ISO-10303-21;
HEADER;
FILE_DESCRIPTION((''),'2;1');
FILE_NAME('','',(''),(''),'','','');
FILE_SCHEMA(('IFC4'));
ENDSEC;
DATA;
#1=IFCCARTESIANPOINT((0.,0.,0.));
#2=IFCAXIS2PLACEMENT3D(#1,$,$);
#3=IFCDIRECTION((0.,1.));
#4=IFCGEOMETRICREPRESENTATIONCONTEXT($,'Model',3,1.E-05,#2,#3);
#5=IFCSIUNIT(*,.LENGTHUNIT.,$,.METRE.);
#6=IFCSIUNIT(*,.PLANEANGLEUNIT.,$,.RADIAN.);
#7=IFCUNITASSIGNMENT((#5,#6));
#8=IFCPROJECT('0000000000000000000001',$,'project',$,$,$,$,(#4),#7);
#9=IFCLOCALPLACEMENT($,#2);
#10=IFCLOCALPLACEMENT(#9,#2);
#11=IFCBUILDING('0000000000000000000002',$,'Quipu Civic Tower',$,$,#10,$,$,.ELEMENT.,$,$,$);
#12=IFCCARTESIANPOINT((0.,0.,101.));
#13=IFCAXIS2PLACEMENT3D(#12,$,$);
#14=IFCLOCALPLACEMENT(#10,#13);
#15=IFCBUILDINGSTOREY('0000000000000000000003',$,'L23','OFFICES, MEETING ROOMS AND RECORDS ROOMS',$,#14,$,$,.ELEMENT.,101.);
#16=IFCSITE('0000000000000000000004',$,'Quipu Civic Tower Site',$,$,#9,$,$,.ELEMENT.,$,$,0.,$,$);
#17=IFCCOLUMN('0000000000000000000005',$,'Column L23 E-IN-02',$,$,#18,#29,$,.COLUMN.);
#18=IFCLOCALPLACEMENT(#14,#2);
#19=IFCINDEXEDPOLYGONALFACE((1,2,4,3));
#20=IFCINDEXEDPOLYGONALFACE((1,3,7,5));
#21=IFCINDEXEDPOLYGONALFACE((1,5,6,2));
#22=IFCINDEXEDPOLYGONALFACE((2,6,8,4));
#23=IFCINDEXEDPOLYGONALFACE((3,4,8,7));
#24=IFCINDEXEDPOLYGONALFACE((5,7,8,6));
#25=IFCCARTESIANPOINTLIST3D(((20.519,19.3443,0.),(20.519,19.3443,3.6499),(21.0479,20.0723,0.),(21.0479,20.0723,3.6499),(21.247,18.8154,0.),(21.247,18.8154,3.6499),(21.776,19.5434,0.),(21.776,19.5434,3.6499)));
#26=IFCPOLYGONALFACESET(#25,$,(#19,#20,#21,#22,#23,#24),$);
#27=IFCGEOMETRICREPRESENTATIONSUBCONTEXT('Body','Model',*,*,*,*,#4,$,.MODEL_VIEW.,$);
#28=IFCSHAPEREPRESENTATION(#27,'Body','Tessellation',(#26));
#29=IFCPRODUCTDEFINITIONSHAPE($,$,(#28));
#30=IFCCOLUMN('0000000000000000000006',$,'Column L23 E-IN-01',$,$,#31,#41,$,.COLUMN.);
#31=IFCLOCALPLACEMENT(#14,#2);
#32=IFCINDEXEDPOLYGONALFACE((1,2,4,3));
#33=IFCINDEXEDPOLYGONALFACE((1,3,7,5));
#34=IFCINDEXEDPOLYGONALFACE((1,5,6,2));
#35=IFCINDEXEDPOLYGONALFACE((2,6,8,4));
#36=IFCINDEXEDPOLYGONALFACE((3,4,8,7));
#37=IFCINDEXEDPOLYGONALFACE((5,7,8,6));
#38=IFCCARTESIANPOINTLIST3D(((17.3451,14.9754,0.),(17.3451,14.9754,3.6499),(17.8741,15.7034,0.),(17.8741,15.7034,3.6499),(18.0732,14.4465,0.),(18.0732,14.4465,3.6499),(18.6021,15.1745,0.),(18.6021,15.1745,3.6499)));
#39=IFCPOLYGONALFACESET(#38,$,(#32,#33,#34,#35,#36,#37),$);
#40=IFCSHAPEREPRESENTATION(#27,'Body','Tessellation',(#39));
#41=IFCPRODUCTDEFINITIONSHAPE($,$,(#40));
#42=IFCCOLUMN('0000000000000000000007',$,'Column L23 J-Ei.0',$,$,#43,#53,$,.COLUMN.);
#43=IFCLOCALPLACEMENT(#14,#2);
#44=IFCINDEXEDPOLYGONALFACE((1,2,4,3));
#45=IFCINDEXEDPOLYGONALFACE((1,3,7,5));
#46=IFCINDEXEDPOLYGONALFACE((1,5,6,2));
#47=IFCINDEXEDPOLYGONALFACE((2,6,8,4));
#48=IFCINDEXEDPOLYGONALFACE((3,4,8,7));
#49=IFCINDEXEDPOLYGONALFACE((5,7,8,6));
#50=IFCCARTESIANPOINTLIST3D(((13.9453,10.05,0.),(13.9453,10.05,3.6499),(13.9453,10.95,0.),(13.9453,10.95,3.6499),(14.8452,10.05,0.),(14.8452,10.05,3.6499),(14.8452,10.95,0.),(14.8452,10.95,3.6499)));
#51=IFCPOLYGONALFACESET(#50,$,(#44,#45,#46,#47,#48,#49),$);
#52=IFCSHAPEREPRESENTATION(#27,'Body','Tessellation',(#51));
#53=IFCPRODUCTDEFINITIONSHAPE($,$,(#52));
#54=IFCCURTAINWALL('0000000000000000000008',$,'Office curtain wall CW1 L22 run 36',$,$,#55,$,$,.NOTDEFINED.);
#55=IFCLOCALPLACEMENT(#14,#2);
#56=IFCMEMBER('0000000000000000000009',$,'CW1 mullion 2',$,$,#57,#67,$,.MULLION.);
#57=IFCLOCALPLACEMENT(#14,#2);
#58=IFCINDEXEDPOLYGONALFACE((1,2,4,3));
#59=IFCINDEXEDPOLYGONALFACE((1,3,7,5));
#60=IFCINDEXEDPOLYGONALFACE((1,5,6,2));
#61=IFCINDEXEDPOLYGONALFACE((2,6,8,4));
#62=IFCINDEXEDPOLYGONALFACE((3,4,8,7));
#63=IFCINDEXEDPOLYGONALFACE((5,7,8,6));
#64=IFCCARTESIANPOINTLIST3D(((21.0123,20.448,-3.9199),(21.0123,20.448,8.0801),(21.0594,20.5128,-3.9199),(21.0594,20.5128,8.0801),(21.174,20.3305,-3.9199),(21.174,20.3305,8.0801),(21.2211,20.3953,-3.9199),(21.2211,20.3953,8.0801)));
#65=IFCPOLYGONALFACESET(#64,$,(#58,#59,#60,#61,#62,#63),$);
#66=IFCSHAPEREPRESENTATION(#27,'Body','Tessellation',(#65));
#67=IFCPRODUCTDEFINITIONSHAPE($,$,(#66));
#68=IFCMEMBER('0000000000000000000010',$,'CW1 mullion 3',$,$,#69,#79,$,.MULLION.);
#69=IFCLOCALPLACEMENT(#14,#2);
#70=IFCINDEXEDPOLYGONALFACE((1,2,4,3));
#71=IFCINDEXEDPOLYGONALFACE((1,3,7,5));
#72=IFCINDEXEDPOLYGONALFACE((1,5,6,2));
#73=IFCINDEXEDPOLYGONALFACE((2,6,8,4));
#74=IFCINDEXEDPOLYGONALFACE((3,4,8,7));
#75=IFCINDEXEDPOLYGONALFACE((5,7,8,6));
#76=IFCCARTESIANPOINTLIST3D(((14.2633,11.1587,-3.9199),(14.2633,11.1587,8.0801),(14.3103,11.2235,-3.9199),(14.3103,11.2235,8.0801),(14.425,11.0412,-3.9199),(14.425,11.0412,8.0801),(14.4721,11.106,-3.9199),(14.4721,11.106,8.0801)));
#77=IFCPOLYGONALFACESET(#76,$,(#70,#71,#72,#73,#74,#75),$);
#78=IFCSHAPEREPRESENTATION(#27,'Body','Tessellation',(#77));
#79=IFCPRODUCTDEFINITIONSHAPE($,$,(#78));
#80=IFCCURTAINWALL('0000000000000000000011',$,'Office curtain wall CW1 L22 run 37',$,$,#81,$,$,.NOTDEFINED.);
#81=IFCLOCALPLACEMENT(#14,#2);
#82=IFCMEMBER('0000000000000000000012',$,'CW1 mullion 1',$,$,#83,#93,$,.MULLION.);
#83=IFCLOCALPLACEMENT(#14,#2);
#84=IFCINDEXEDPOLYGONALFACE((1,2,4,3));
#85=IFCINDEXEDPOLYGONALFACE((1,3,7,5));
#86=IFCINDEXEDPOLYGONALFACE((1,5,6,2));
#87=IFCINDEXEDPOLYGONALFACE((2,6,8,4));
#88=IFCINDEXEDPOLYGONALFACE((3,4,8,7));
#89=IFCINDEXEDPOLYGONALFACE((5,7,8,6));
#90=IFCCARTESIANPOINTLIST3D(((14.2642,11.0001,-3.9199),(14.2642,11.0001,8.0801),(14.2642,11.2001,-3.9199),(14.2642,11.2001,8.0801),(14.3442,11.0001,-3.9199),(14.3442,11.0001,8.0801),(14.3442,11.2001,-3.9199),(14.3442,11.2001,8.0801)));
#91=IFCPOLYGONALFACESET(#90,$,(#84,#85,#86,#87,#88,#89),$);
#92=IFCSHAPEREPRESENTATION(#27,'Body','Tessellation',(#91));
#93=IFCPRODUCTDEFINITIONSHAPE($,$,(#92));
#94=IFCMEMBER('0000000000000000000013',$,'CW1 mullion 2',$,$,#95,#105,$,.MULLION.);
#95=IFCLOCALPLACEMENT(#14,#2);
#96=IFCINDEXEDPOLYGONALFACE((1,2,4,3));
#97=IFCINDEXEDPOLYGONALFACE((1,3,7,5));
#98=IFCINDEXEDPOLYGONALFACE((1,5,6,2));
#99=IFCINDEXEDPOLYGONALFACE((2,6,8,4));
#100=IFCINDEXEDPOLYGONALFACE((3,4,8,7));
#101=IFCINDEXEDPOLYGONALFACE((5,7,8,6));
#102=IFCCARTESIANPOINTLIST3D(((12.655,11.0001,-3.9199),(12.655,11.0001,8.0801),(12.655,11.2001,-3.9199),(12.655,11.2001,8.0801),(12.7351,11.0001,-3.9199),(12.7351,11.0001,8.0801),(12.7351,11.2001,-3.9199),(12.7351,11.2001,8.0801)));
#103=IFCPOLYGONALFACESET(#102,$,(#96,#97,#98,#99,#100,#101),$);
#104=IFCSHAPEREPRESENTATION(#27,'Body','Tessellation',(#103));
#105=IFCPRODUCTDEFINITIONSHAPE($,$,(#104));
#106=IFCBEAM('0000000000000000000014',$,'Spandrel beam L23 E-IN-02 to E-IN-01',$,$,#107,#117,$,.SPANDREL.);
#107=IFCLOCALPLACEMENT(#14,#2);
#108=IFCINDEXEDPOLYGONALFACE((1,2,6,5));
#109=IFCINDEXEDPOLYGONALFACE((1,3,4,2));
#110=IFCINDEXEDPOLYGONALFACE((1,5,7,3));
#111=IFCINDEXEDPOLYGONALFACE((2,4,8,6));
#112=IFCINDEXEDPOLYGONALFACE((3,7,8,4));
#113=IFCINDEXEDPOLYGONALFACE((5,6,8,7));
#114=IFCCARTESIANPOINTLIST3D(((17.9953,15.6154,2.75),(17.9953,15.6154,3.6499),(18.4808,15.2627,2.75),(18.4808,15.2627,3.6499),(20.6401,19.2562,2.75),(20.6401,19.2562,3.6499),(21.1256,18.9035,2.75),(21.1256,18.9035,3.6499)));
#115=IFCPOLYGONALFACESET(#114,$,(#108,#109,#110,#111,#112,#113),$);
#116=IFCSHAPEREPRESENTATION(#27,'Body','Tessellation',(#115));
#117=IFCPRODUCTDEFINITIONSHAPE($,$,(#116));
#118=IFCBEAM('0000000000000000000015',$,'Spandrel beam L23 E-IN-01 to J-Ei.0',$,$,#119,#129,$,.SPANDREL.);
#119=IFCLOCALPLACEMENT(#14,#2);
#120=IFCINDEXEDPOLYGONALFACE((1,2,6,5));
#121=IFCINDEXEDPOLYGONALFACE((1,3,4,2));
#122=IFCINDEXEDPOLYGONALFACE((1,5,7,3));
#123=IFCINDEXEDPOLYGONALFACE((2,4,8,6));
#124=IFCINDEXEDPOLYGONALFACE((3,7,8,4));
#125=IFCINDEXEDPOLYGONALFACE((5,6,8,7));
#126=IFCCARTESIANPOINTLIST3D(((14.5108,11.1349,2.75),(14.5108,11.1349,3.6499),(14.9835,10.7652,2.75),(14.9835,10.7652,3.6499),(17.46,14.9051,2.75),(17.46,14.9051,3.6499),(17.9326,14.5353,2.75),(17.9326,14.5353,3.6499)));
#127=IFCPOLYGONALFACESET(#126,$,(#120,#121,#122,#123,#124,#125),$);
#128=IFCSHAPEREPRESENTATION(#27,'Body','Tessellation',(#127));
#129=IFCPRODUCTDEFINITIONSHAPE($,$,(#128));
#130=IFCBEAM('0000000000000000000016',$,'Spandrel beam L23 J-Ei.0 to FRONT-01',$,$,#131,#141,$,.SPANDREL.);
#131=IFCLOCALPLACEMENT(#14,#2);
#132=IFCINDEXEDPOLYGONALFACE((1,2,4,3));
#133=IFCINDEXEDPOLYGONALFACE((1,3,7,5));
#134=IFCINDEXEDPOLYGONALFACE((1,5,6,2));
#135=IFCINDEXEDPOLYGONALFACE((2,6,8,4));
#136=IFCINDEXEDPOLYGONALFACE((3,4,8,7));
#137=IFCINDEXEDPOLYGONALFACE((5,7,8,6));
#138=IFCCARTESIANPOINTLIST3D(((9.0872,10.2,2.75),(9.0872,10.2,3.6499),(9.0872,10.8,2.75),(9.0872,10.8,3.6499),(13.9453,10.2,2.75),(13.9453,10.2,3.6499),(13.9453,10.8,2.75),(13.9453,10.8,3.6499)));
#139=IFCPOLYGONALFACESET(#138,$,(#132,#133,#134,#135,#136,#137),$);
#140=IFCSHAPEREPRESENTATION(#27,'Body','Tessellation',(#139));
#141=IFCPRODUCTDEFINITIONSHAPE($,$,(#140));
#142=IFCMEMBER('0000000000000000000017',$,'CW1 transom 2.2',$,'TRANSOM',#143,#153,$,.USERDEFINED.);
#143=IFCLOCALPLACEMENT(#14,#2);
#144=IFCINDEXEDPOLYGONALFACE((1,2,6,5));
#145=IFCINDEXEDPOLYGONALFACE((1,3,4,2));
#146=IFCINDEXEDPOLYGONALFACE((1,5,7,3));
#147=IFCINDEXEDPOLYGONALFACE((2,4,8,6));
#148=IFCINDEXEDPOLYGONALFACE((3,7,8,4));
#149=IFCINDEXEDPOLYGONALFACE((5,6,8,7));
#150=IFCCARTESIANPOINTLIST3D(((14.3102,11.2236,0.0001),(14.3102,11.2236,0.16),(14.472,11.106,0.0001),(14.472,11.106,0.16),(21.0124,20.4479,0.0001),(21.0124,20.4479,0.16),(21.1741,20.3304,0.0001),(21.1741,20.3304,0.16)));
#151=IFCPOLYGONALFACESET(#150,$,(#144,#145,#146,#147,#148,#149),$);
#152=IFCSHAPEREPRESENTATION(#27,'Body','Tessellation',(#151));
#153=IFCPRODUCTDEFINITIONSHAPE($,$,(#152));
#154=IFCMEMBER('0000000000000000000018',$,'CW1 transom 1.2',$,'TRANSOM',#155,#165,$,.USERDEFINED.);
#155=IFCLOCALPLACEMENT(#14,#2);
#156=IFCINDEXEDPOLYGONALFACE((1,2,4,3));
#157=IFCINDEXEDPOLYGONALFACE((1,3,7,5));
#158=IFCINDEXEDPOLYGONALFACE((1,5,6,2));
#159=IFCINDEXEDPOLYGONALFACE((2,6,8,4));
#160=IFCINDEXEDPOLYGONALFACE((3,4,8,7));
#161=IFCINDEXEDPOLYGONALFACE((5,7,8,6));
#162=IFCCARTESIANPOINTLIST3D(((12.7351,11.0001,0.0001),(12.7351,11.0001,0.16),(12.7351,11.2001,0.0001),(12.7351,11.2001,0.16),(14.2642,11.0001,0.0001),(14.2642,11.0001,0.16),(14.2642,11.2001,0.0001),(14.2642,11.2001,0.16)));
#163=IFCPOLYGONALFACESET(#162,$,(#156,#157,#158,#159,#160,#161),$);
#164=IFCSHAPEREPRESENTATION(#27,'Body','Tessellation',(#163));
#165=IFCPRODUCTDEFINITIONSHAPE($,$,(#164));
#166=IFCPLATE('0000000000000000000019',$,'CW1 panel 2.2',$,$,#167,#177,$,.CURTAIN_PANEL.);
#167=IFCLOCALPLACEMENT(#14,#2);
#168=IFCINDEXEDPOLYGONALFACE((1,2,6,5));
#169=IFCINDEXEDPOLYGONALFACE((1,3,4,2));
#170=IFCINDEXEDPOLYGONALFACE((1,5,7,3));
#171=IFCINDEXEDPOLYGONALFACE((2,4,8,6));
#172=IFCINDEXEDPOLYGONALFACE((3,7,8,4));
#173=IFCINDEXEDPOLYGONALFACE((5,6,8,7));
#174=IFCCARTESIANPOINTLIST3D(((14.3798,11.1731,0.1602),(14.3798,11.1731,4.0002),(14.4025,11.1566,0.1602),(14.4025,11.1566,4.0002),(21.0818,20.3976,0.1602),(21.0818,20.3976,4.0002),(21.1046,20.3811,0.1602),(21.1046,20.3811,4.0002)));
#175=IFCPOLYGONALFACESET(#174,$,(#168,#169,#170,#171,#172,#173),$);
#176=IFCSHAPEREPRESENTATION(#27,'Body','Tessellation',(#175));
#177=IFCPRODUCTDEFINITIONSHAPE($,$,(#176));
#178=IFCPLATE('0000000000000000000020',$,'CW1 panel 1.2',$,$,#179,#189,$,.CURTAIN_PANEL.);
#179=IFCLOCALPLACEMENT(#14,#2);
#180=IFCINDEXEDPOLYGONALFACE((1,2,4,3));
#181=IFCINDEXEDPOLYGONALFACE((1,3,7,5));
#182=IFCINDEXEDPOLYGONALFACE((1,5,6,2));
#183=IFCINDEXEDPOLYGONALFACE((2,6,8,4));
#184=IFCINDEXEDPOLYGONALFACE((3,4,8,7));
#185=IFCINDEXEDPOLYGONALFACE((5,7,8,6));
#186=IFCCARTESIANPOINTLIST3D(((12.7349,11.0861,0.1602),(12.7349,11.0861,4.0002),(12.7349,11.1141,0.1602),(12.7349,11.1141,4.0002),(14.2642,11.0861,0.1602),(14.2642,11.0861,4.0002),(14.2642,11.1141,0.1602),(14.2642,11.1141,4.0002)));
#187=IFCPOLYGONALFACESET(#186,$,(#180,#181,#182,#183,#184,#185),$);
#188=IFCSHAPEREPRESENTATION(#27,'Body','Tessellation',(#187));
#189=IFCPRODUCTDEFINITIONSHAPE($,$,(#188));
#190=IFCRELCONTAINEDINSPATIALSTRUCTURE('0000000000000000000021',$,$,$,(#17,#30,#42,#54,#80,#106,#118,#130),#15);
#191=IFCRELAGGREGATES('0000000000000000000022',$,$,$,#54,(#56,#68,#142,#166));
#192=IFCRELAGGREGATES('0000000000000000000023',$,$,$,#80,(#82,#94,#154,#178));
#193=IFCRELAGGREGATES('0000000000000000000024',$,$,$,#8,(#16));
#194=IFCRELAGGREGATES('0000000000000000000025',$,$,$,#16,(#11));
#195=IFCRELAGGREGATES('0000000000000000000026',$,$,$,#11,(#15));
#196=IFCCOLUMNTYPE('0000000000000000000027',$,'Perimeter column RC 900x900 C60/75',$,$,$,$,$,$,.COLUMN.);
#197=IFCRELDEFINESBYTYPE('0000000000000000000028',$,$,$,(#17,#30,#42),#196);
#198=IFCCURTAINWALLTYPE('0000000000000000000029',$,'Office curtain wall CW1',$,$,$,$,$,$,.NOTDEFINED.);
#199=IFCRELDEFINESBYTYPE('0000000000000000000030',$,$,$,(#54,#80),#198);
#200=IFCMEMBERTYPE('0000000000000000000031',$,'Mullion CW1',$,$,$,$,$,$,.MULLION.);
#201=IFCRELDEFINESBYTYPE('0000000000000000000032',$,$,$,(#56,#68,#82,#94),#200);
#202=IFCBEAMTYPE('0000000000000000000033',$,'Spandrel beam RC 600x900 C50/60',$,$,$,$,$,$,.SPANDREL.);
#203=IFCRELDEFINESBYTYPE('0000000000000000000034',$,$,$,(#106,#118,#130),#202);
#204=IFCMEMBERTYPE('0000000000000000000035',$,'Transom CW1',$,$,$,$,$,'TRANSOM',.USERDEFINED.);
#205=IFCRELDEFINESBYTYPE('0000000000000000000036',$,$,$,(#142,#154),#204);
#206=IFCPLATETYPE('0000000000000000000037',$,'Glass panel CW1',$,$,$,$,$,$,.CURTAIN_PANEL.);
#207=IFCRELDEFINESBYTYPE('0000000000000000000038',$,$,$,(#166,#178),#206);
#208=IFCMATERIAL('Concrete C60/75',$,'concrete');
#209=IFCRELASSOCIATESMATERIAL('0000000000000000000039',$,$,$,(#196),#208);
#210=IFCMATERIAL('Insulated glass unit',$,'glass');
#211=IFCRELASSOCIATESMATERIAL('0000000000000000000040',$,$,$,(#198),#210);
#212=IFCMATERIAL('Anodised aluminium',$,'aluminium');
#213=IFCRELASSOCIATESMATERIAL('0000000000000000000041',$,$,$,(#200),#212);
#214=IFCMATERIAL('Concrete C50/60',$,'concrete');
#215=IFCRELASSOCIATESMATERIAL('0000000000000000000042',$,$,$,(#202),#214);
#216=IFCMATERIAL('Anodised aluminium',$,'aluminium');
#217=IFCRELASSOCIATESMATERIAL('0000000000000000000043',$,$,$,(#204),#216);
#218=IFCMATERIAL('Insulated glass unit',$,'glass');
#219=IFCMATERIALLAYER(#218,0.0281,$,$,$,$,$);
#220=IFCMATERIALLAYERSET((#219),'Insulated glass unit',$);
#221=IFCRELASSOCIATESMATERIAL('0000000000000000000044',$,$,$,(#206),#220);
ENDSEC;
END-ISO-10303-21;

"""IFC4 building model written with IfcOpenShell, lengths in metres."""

from ifc_helpers import new_model, si_unit, direction, frame, origin, origin_2d, place, context, subcontext, project, spatial, rectangle, extrude, material, layer, layer_set, material_profile, profile_set, type_object, element, aggregate, save


model = new_model("IFC4")

# Units and contexts
model_context = context("Model", 3, precision=1e-05, world=origin(), true_north=direction((0.0, 1.0)))
body_context = subcontext(model_context, "Body", "Model", "MODEL_VIEW")
ifc_project = project(units=[si_unit("LENGTHUNIT", "METRE"), si_unit("PLANEANGLEUNIT", "RADIAN")], contexts=[model_context])

# Site, building, storey
site_placement = place(None, origin())
site = spatial("IfcSite", under=ifc_project, at=site_placement, Name="Quipu Civic Tower Site", CompositionType="ELEMENT", RefElevation=0.0)
building_placement = place(site_placement, origin())
building = spatial("IfcBuilding", under=site, at=building_placement, Name="Quipu Civic Tower", CompositionType="ELEMENT")
storey_placement = place(building_placement, frame((0.0, 0.0, 101.0)))
storey = spatial("IfcBuildingStorey", under=building, at=storey_placement, Name="L23", Description="OFFICES, MEETING ROOMS AND RECORDS ROOMS", CompositionType="ELEMENT", Elevation=101.0)

# Columns
ifc_material_1 = material(Name="Concrete C60/75", Category="concrete")
ifc_material_profile_1 = material_profile(ifc_material_1, rectangle(XDim=0.8999, YDim=0.8999, at=origin_2d()), Name="RC900x900")
ifc_profile_set_1 = profile_set([ifc_material_profile_1], Name="Concrete C60/75")
column_type = type_object("IfcColumnType", Name="Perimeter column RC 900x900 C60/75", PredefinedType="COLUMN", material=ifc_profile_set_1)
for number, where, z_axis, x_axis, name in (
    (1, (21.1475, 19.4438, 0.0), (0.0, 0.0, 1.0), (-0.587785, -0.809017, 0.0), "Column L23 E-IN-02"),
    (2, (17.9736, 15.075, 0.0), (0.0, 0.0, 1.0), (-0.587785, -0.809017, 0.0), "Column L23 E-IN-01"),
    (3, (14.3953, 10.5, 0.0), (0.0, 0.0, 1.0), (-1.0, 0.0, 0.0), "Column L23 J-Ei.0"),
):
    element("IfcColumn", number, at=place(storey_placement, frame(where, z_axis=z_axis, x_axis=x_axis)), inside=storey, type_object=column_type, Name=name, PredefinedType="COLUMN", context=body_context, shape_type="SweptSolid", body=[
        extrude(rectangle(XDim=0.8999, YDim=0.8999, at=origin_2d()), origin(), (0.0, 0.0, 1.0), 3.6499),
    ])

# Curtain walls, members
ifc_material_2 = material(Name="Insulated glass unit", Category="glass")
curtain_wall_type = type_object("IfcCurtainWallType", Name="Office curtain wall CW1", PredefinedType="NOTDEFINED", material=ifc_material_2)
curtain_wall_1_placement = place(storey_placement, origin())
curtain_wall_1 = element("IfcCurtainWall", 4, at=curtain_wall_1_placement, inside=storey, type_object=curtain_wall_type, Name="Office curtain wall CW1 L22 run 36", PredefinedType="NOTDEFINED")
ifc_material_3 = material(Name="Anodised aluminium", Category="aluminium")
ifc_material_profile_2 = material_profile(ifc_material_3, rectangle(XDim=0.2, YDim=0.0801, at=origin_2d()), Name="RECT 200x80")
ifc_profile_set_2 = profile_set([ifc_material_profile_2], Name="Anodised aluminium")
member_type_1 = type_object("IfcMemberType", Name="Mullion CW1", PredefinedType="MULLION", material=ifc_profile_set_2)
member_1_placement = place(storey_placement, frame((21.1167, 20.4216, -3.9199), z_axis=(0.0, 0.0, 1.0), x_axis=(0.809014, -0.587789, 0.0)))
member_1 = element("IfcMember", 5, at=member_1_placement, type_object=member_type_1, Name="CW1 mullion 2", PredefinedType="MULLION", context=body_context, shape_type="SweptSolid", body=[
    extrude(rectangle(XDim=0.2, YDim=0.0801, at=origin_2d()), origin(), (0.0, 0.0, 1.0), 12.0),
])
member_2_placement = place(storey_placement, frame((14.3677, 11.1323, -3.9199), z_axis=(0.0, 0.0, 1.0), x_axis=(0.809014, -0.587789, 0.0)))
member_2 = element("IfcMember", 6, at=member_2_placement, type_object=member_type_1, Name="CW1 mullion 3", PredefinedType="MULLION", context=body_context, shape_type="SweptSolid", body=[
    extrude(rectangle(XDim=0.2, YDim=0.0801, at=origin_2d()), origin(), (0.0, 0.0, 1.0), 12.0),
])
curtain_wall_2_placement = place(storey_placement, origin())
curtain_wall_2 = element("IfcCurtainWall", 7, at=curtain_wall_2_placement, inside=storey, type_object=curtain_wall_type, Name="Office curtain wall CW1 L22 run 37", PredefinedType="NOTDEFINED")
member_3_placement = place(storey_placement, frame((14.3042, 11.1001, -3.9199), z_axis=(0.0, 0.0, 1.0), x_axis=(0.0, -1.0, 0.0)))
member_3 = element("IfcMember", 8, at=member_3_placement, type_object=member_type_1, Name="CW1 mullion 1", PredefinedType="MULLION", context=body_context, shape_type="SweptSolid", body=[
    extrude(rectangle(XDim=0.2, YDim=0.0801, at=origin_2d()), origin(), (0.0, 0.0, 1.0), 12.0),
])
member_4_placement = place(storey_placement, frame((12.6951, 11.1001, -3.9199), z_axis=(0.0, 0.0, 1.0), x_axis=(0.0, -1.0, 0.0)))
member_4 = element("IfcMember", 9, at=member_4_placement, type_object=member_type_1, Name="CW1 mullion 2", PredefinedType="MULLION", context=body_context, shape_type="SweptSolid", body=[
    extrude(rectangle(XDim=0.2, YDim=0.0801, at=origin_2d()), origin(), (0.0, 0.0, 1.0), 12.0),
])

# Beams
ifc_material_4 = material(Name="Concrete C50/60", Category="concrete")
ifc_material_profile_3 = material_profile(ifc_material_4, rectangle(XDim=0.6001, YDim=0.8999, at=origin_2d()), Name="RC600x900")
ifc_profile_set_3 = profile_set([ifc_material_profile_3], Name="Concrete C50/60")
beam_type = type_object("IfcBeamType", Name="Spandrel beam RC 600x900 C50/60", PredefinedType="SPANDREL", material=ifc_profile_set_3)
beam_1_placement = place(storey_placement, frame((20.8828, 19.0798, 3.2), z_axis=(-0.587717, -0.809067, 0.0), x_axis=(0.809067, -0.587717, 0.0)))
element("IfcBeam", 10, at=beam_1_placement, inside=storey, type_object=beam_type, Name="Spandrel beam L23 E-IN-02 to E-IN-01", PredefinedType="SPANDREL", context=body_context, shape_type="SweptSolid", body=[
    extrude(rectangle(XDim=0.6001, YDim=0.8999, at=origin_2d()), origin(), (0.0, 0.0, 1.0), 4.5),
])
beam_2_placement = place(storey_placement, frame((17.6963, 14.7202, 3.2), z_axis=(-0.616124, -0.787649, 0.0), x_axis=(0.787649, -0.616124, 0.0)))
element("IfcBeam", 11, at=beam_2_placement, inside=storey, type_object=beam_type, Name="Spandrel beam L23 E-IN-01 to J-Ei.0", PredefinedType="SPANDREL", context=body_context, shape_type="SweptSolid", body=[
    extrude(rectangle(XDim=0.6001, YDim=0.8999, at=origin_2d()), origin(), (0.0, 0.0, 1.0), 4.7866),
])
beam_3_placement = place(storey_placement, frame((13.9453, 10.5, 3.2), z_axis=(-1.0, 0.0, 0.0), x_axis=(0.0, -1.0, 0.0)))
element("IfcBeam", 12, at=beam_3_placement, inside=storey, type_object=beam_type, Name="Spandrel beam L23 J-Ei.0 to FRONT-01", PredefinedType="SPANDREL", context=body_context, shape_type="SweptSolid", body=[
    extrude(rectangle(XDim=0.6001, YDim=0.8999, at=origin_2d()), origin(), (0.0, 0.0, 1.0), 4.8582),
])

# Members
ifc_material_5 = material(Name="Anodised aluminium", Category="aluminium")
ifc_material_profile_4 = material_profile(ifc_material_5, rectangle(XDim=0.2, YDim=0.1599, at=origin_2d()), Name="RECT 200x160")
ifc_profile_set_4 = profile_set([ifc_material_profile_4], Name="Anodised aluminium")
member_type_2 = type_object("IfcMemberType", Name="Transom CW1", ElementType="TRANSOM", PredefinedType="USERDEFINED", material=ifc_profile_set_4)
member_5_placement = place(storey_placement, frame((21.0933, 20.3892, 0.0801), z_axis=(-0.5878, -0.809006, 0.0), x_axis=(0.809006, -0.5878, 0.0)))
member_5 = element("IfcMember", 13, at=member_5_placement, type_object=member_type_2, Name="CW1 transom 2.2", ObjectType="TRANSOM", PredefinedType="USERDEFINED", context=body_context, shape_type="SweptSolid", body=[
    extrude(rectangle(XDim=0.2, YDim=0.1599, at=origin_2d()), origin(), (0.0, 0.0, 1.0), 11.4021),
])
member_6_placement = place(storey_placement, frame((14.2642, 11.1001, 0.0801), z_axis=(-1.0, 0.0, 0.0), x_axis=(0.0, -1.0, 0.0)))
member_6 = element("IfcMember", 14, at=member_6_placement, type_object=member_type_2, Name="CW1 transom 1.2", ObjectType="TRANSOM", PredefinedType="USERDEFINED", context=body_context, shape_type="SweptSolid", body=[
    extrude(rectangle(XDim=0.2, YDim=0.1599, at=origin_2d()), origin(), (0.0, 0.0, 1.0), 1.5291),
])

# Plates
ifc_material_6 = material(Name="Insulated glass unit", Category="glass")
ifc_layer_1 = layer(ifc_material_6, 0.0281)
ifc_layer_set_1 = layer_set([ifc_layer_1], Name="Insulated glass unit")
plate_type_1 = type_object("IfcPlateType", Name="Glass panel CW1", PredefinedType="CURTAIN_PANEL", material=ifc_layer_set_1)
plate_1_placement = place(storey_placement, frame((17.7422, 15.7771, 0.1602), z_axis=(0.0, 0.0, 1.0), x_axis=(-0.587789, -0.809014, 0.0)))
plate_1 = element("IfcPlate", 15, at=plate_1_placement, type_object=plate_type_1, Name="CW1 panel 2.2", PredefinedType="CURTAIN_PANEL", context=body_context, shape_type="SweptSolid", body=[
    extrude(rectangle(XDim=11.4021, YDim=0.0281, at=origin_2d()), origin(), (0.0, 0.0, 1.0), 3.8401),
])
aggregate(curtain_wall_1, [member_1, member_2, member_5, plate_1])
plate_2_placement = place(storey_placement, frame((13.4995, 11.1001, 0.1602), z_axis=(0.0, 0.0, 1.0), x_axis=(-1.0, 0.0, 0.0)))
plate_2 = element("IfcPlate", 16, at=plate_2_placement, type_object=plate_type_1, Name="CW1 panel 1.2", PredefinedType="CURTAIN_PANEL", context=body_context, shape_type="SweptSolid", body=[
    extrude(rectangle(XDim=1.5293, YDim=0.0281, at=origin_2d()), origin(), (0.0, 0.0, 1.0), 3.8401),
])
aggregate(curtain_wall_2, [member_3, member_4, member_6, plate_2])

save(model, "model.ifc")
